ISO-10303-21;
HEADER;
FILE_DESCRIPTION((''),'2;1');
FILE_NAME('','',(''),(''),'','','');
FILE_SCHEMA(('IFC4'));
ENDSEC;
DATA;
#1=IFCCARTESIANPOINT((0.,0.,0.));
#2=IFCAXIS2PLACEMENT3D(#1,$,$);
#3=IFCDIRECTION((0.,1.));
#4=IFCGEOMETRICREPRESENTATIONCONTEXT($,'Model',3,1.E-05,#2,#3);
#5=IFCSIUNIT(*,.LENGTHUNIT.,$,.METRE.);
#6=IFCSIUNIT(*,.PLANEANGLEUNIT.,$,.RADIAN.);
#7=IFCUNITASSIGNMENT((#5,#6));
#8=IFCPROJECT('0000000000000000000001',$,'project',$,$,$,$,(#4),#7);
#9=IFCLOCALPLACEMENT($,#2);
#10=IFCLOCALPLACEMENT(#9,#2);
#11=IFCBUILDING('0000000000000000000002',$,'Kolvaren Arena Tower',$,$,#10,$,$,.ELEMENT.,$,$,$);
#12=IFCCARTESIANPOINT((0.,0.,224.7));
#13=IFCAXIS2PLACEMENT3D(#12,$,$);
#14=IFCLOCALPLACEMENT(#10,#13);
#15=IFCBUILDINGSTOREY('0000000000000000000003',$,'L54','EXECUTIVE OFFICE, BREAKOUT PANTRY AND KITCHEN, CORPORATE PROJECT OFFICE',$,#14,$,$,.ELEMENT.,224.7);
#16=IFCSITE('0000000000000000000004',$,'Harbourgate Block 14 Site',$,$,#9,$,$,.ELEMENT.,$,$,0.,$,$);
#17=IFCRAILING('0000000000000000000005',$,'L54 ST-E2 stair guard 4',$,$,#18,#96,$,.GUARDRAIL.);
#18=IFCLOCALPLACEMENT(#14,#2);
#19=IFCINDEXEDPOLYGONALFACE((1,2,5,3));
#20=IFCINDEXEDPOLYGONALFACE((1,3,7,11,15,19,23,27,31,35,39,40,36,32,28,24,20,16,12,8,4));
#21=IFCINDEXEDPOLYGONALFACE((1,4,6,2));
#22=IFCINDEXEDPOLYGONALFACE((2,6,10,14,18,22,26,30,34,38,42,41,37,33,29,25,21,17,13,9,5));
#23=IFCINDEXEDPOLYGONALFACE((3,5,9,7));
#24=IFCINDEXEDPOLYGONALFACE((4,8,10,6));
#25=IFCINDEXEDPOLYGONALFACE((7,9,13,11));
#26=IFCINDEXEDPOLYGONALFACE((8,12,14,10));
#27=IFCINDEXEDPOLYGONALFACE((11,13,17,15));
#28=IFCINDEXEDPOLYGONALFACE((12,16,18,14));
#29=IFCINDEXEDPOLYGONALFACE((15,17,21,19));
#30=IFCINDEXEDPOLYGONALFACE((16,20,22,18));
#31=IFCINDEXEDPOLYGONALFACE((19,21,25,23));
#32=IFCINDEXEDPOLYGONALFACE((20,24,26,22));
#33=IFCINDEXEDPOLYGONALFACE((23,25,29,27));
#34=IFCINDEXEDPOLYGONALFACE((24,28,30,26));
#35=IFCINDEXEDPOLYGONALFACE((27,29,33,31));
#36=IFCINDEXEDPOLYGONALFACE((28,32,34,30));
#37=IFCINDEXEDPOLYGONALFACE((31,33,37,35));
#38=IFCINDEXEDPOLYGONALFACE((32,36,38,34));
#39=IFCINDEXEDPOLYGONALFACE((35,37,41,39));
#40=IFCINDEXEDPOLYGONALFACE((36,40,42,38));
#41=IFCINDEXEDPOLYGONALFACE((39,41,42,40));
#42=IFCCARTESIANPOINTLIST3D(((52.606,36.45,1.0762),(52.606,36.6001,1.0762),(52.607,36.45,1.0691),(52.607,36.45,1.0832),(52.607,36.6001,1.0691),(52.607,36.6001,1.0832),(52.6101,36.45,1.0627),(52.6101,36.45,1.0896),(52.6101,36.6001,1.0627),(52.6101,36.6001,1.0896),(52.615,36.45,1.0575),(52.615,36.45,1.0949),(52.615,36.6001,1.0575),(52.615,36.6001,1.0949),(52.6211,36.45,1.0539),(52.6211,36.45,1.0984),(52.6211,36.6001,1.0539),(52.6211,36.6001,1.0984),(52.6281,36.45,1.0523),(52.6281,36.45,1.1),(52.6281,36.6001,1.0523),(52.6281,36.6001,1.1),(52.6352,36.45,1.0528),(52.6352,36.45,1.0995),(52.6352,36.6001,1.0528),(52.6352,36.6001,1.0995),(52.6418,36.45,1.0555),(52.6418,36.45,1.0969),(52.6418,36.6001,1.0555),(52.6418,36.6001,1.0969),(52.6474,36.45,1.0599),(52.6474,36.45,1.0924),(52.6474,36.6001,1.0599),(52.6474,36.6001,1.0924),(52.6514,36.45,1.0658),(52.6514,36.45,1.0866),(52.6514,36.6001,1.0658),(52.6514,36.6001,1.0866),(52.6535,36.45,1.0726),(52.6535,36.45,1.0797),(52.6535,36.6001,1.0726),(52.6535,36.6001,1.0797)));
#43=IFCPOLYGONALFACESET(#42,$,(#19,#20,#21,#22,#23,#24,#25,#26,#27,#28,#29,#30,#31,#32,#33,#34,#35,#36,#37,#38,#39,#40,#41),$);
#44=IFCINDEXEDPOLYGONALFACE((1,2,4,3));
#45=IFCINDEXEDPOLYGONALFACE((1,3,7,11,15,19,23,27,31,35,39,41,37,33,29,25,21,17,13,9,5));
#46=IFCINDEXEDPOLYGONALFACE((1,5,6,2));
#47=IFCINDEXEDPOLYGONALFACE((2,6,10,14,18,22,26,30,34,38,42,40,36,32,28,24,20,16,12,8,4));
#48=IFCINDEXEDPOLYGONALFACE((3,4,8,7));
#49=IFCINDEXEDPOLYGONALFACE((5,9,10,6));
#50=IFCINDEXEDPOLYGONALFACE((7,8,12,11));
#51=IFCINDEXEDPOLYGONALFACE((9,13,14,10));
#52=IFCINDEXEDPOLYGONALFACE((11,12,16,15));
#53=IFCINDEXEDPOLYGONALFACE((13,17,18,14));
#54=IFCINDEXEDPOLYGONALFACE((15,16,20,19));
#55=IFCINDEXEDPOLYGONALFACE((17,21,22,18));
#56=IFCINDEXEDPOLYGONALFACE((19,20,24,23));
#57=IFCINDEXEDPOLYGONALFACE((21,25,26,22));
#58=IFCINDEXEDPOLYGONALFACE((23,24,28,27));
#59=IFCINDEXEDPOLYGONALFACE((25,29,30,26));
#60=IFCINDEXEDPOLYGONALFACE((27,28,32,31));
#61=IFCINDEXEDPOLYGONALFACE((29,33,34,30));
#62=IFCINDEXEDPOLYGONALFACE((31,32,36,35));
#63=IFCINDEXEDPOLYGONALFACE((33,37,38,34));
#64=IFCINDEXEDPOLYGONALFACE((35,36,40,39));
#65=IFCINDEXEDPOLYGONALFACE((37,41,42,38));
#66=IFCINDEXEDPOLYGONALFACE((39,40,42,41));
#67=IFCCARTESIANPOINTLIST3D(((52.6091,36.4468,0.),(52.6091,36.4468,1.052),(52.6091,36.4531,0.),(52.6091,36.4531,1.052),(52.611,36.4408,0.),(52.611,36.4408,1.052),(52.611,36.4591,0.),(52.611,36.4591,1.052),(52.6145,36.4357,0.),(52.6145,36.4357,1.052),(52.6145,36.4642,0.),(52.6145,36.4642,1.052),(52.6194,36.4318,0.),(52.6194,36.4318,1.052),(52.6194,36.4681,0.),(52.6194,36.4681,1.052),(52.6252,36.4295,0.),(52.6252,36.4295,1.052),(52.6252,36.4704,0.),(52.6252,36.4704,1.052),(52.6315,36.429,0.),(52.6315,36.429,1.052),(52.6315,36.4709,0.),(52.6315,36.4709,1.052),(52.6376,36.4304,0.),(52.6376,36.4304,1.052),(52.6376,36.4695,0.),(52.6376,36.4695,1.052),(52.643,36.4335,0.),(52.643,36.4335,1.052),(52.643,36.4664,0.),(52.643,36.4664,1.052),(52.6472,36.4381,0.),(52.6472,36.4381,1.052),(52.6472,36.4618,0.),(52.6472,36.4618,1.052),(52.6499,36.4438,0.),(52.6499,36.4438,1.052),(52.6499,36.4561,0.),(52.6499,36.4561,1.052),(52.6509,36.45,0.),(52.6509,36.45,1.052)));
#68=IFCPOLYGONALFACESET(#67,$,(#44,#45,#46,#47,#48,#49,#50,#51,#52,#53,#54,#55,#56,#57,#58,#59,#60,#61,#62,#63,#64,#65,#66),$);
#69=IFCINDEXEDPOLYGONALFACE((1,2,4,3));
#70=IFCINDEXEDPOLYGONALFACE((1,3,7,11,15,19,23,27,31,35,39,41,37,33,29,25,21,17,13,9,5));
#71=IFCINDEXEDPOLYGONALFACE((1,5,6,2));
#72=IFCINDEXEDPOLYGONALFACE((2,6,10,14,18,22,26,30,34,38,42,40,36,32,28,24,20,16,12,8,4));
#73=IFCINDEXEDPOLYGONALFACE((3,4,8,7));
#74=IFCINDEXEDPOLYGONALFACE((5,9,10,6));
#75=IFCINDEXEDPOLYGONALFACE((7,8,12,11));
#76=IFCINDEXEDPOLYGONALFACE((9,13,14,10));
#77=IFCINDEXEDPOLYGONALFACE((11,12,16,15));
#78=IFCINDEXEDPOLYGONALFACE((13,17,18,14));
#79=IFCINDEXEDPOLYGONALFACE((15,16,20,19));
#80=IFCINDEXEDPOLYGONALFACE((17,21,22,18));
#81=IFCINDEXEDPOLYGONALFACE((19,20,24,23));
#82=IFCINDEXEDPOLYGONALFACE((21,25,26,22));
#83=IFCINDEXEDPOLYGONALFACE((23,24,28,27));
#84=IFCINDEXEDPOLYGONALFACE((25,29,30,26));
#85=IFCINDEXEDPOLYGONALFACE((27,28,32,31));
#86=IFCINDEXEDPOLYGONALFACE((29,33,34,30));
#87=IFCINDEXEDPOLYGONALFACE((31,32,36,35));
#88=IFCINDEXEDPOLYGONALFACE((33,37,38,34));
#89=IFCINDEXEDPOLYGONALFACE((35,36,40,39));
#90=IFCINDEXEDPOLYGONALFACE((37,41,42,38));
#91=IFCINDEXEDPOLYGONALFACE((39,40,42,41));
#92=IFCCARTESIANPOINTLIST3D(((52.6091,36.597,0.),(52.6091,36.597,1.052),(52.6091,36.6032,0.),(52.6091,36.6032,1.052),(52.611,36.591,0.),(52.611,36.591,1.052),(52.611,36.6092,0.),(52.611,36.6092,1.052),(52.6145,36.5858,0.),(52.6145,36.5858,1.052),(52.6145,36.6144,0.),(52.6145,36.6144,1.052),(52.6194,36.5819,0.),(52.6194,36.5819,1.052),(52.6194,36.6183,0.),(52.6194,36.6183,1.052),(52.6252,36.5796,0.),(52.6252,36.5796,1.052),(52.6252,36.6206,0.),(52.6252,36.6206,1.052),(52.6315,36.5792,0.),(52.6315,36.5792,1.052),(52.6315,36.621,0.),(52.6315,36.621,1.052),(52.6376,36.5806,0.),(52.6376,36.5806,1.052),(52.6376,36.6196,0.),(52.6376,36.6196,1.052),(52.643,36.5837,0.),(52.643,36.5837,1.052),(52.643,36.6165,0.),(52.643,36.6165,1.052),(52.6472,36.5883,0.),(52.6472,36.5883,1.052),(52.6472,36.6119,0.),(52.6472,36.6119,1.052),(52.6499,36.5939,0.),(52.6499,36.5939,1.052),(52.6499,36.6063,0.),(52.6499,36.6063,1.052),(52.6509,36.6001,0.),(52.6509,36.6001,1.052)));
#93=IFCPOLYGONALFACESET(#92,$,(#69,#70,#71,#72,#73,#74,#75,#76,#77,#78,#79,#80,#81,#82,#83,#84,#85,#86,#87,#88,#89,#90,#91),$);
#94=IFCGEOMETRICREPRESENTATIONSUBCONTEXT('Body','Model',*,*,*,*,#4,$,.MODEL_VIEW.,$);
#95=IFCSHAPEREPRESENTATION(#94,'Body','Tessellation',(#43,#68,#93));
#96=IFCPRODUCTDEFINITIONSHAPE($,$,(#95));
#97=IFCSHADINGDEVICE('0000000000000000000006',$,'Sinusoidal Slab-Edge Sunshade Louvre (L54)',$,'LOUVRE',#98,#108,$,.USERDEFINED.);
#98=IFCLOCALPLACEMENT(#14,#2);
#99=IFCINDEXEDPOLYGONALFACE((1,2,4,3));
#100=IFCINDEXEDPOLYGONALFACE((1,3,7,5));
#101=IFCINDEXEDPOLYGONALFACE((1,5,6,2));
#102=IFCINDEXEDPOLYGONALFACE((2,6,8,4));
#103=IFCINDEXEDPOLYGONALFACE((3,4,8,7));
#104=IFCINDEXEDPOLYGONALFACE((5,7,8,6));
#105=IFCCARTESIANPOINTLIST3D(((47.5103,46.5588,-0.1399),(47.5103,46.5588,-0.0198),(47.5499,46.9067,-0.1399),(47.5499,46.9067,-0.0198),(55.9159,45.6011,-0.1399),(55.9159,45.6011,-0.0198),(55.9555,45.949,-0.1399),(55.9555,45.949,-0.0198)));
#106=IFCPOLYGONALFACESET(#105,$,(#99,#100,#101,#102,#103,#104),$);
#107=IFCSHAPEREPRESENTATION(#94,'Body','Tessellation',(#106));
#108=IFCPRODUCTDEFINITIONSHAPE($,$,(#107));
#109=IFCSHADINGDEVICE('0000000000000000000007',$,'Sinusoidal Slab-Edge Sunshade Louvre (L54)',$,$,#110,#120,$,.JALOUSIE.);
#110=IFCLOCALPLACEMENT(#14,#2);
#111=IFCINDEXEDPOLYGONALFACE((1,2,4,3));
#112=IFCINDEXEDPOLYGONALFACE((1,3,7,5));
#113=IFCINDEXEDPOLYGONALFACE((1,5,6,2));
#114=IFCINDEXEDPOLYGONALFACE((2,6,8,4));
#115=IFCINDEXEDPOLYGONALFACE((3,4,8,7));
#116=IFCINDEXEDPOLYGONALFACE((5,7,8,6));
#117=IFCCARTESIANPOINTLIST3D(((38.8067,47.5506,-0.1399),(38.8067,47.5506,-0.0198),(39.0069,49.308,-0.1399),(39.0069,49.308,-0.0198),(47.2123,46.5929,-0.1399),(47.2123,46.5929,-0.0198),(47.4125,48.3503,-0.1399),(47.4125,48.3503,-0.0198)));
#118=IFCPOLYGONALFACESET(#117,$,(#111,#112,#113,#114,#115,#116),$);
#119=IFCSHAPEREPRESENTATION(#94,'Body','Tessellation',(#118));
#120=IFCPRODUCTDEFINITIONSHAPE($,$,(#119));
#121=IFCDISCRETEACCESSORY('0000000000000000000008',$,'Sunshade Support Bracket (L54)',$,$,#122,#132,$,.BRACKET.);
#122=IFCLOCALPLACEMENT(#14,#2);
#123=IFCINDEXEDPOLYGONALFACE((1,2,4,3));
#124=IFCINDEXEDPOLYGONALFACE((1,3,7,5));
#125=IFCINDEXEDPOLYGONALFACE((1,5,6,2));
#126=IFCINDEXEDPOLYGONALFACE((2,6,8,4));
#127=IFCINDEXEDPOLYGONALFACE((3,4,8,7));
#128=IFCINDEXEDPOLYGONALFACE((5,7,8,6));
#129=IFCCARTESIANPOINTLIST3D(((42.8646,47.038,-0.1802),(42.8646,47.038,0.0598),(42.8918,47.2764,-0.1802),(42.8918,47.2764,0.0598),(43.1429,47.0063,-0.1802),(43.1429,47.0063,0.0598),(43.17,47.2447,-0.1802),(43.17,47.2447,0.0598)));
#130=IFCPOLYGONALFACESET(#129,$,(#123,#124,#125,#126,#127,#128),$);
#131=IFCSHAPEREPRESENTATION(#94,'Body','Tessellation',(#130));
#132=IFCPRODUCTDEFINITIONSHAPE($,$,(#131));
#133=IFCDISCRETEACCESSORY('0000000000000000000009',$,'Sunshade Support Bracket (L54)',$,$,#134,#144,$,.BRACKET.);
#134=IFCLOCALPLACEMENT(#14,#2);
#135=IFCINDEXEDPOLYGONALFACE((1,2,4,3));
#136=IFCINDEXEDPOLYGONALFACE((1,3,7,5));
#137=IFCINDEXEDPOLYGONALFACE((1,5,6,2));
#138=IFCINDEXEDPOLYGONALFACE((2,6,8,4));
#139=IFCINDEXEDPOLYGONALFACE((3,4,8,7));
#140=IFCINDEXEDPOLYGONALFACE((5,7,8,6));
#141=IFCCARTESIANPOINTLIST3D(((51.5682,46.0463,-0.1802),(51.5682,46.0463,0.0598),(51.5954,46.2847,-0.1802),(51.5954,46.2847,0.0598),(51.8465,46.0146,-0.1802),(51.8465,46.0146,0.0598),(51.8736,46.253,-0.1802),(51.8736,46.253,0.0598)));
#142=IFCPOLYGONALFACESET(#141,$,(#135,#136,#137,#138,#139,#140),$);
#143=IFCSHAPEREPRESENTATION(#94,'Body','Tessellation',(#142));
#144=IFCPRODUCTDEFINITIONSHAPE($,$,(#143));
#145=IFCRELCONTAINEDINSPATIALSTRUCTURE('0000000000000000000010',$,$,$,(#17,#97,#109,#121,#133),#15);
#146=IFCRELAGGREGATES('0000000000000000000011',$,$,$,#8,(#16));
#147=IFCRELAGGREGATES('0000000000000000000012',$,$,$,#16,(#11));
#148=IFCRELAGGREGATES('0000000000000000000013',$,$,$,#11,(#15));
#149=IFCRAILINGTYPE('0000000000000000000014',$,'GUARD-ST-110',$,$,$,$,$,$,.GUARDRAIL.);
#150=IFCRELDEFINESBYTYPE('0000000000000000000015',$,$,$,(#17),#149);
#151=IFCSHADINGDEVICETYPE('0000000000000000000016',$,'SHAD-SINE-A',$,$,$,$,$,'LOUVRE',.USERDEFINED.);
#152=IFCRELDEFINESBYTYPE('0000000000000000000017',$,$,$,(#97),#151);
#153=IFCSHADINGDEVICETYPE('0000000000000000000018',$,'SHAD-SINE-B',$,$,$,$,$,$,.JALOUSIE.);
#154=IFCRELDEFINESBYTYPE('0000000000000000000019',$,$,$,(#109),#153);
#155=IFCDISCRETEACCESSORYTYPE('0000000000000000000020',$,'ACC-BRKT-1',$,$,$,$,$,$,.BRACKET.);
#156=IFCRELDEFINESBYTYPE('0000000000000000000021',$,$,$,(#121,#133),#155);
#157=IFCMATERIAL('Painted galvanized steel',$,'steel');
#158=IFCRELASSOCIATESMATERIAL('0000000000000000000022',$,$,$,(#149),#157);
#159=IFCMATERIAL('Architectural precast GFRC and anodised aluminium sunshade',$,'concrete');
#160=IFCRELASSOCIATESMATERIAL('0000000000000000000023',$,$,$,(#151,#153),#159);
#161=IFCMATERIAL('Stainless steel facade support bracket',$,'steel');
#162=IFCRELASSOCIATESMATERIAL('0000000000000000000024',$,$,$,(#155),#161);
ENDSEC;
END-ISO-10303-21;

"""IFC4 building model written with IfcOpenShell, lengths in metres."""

from ifc_helpers import new_model, si_unit, direction, frame, origin, origin_2d, place, context, subcontext, project, spatial, rectangle, circle, extrude, material, type_object, element, save


model = new_model("IFC4")

# Units and contexts
model_context = context("Model", 3, precision=1e-05, world=origin(), true_north=direction((0.0, 1.0)))
body_context = subcontext(model_context, "Body", "Model", "MODEL_VIEW")
ifc_project = project(units=[si_unit("LENGTHUNIT", "METRE"), si_unit("PLANEANGLEUNIT", "RADIAN")], contexts=[model_context])

# Site, building, storey
site_placement = place(None, origin())
site = spatial("IfcSite", under=ifc_project, at=site_placement, Name="Harbourgate Block 14 Site", CompositionType="ELEMENT", RefElevation=0.0)
building_placement = place(site_placement, origin())
building = spatial("IfcBuilding", under=site, at=building_placement, Name="Kolvaren Arena Tower", CompositionType="ELEMENT")
storey_placement = place(building_placement, frame((0.0, 0.0, 224.7)))
storey = spatial("IfcBuildingStorey", under=building, at=storey_placement, Name="L54", Description="EXECUTIVE OFFICE, BREAKOUT PANTRY AND KITCHEN, CORPORATE PROJECT OFFICE", CompositionType="ELEMENT", Elevation=224.7)

# Railing
ifc_material_1 = material(Name="Painted galvanized steel", Category="steel")
railing_type = type_object("IfcRailingType", Name="GUARD-ST-110", PredefinedType="GUARDRAIL", material=ifc_material_1)
railing_1_placement = place(storey_placement, frame((52.6299, 36.45, 0.0)))
element("IfcRailing", 1, at=railing_1_placement, inside=storey, type_object=railing_type, Name="L54 ST-E2 stair guard 4", PredefinedType="GUARDRAIL", context=body_context, shape_type="SweptSolid", body=[
    extrude(circle(Radius=0.0239, at=origin_2d()), frame((0.0, 0.0, 1.0762), z_axis=(0.0, 1.0, 0.0), x_axis=(-1.0, 0.0, 0.0)), (0.0, 0.0, 1.0), 0.1501),
    extrude(circle(Radius=0.021, at=origin_2d()), origin(), (0.0, 0.0, 1.0), 1.052),
    extrude(circle(Radius=0.021, at=origin_2d()), frame((0.0, 0.1501, 0.0)), (0.0, 0.0, 1.0), 1.052),
])

# Shading devices
ifc_material_2 = material(Name="Architectural precast GFRC and anodised aluminium sunshade", Category="concrete")
shading_device_type_1 = type_object("IfcShadingDeviceType", Name="SHAD-SINE-A", ElementType="LOUVRE", PredefinedType="USERDEFINED", material=ifc_material_2)
shading_device_1_placement = place(storey_placement, frame((51.7329, 46.2539, -0.1399), z_axis=(0.0, 0.0, 1.0), x_axis=(0.993572, -0.113205, 0.0)))
element("IfcShadingDevice", 2, at=shading_device_1_placement, inside=storey, type_object=shading_device_type_1, Name="Sinusoidal Slab-Edge Sunshade Louvre (L54)", ObjectType="LOUVRE", PredefinedType="USERDEFINED", context=body_context, shape_type="SweptSolid", body=[
    extrude(rectangle(XDim=8.46, YDim=0.3501, at=origin_2d()), origin(), (0.0, 0.0, 1.0), 0.1201),
])
shading_device_type_2 = type_object("IfcShadingDeviceType", Name="SHAD-SINE-B", PredefinedType="JALOUSIE", material=ifc_material_2)
shading_device_2_placement = place(storey_placement, frame((43.1096, 47.9504, -0.1399), z_axis=(0.0, 0.0, 1.0), x_axis=(0.993572, -0.113205, 0.0)))
element("IfcShadingDevice", 3, at=shading_device_2_placement, inside=storey, type_object=shading_device_type_2, Name="Sinusoidal Slab-Edge Sunshade Louvre (L54)", PredefinedType="JALOUSIE", context=body_context, shape_type="SweptSolid", body=[
    extrude(rectangle(XDim=8.46, YDim=1.7688, at=origin_2d()), origin(), (0.0, 0.0, 1.0), 0.1201),
])

# Discrete accessories
ifc_material_3 = material(Name="Stainless steel facade support bracket", Category="steel")
discrete_accessory_type = type_object("IfcDiscreteAccessoryType", Name="ACC-BRKT-1", PredefinedType="BRACKET", material=ifc_material_3)
for number, where, z_axis, x_axis, name in (
    (4, (43.0173, 47.1414, -0.1802), (0.0, 0.0, 1.0), (0.993572, -0.113205, 0.0), "Sunshade Support Bracket (L54)"),
    (5, (51.7209, 46.1497, -0.1802), (0.0, 0.0, 1.0), (0.993572, -0.113205, 0.0), "Sunshade Support Bracket (L54)"),
):
    element("IfcDiscreteAccessory", number, at=place(storey_placement, frame(where, z_axis=z_axis, x_axis=x_axis)), inside=storey, type_object=discrete_accessory_type, Name=name, PredefinedType="BRACKET", context=body_context, shape_type="SweptSolid", body=[
        extrude(rectangle(XDim=0.28, YDim=0.24, at=origin_2d()), origin(), (0.0, 0.0, 1.0), 0.24),
    ])

save(model, "model.ifc")
